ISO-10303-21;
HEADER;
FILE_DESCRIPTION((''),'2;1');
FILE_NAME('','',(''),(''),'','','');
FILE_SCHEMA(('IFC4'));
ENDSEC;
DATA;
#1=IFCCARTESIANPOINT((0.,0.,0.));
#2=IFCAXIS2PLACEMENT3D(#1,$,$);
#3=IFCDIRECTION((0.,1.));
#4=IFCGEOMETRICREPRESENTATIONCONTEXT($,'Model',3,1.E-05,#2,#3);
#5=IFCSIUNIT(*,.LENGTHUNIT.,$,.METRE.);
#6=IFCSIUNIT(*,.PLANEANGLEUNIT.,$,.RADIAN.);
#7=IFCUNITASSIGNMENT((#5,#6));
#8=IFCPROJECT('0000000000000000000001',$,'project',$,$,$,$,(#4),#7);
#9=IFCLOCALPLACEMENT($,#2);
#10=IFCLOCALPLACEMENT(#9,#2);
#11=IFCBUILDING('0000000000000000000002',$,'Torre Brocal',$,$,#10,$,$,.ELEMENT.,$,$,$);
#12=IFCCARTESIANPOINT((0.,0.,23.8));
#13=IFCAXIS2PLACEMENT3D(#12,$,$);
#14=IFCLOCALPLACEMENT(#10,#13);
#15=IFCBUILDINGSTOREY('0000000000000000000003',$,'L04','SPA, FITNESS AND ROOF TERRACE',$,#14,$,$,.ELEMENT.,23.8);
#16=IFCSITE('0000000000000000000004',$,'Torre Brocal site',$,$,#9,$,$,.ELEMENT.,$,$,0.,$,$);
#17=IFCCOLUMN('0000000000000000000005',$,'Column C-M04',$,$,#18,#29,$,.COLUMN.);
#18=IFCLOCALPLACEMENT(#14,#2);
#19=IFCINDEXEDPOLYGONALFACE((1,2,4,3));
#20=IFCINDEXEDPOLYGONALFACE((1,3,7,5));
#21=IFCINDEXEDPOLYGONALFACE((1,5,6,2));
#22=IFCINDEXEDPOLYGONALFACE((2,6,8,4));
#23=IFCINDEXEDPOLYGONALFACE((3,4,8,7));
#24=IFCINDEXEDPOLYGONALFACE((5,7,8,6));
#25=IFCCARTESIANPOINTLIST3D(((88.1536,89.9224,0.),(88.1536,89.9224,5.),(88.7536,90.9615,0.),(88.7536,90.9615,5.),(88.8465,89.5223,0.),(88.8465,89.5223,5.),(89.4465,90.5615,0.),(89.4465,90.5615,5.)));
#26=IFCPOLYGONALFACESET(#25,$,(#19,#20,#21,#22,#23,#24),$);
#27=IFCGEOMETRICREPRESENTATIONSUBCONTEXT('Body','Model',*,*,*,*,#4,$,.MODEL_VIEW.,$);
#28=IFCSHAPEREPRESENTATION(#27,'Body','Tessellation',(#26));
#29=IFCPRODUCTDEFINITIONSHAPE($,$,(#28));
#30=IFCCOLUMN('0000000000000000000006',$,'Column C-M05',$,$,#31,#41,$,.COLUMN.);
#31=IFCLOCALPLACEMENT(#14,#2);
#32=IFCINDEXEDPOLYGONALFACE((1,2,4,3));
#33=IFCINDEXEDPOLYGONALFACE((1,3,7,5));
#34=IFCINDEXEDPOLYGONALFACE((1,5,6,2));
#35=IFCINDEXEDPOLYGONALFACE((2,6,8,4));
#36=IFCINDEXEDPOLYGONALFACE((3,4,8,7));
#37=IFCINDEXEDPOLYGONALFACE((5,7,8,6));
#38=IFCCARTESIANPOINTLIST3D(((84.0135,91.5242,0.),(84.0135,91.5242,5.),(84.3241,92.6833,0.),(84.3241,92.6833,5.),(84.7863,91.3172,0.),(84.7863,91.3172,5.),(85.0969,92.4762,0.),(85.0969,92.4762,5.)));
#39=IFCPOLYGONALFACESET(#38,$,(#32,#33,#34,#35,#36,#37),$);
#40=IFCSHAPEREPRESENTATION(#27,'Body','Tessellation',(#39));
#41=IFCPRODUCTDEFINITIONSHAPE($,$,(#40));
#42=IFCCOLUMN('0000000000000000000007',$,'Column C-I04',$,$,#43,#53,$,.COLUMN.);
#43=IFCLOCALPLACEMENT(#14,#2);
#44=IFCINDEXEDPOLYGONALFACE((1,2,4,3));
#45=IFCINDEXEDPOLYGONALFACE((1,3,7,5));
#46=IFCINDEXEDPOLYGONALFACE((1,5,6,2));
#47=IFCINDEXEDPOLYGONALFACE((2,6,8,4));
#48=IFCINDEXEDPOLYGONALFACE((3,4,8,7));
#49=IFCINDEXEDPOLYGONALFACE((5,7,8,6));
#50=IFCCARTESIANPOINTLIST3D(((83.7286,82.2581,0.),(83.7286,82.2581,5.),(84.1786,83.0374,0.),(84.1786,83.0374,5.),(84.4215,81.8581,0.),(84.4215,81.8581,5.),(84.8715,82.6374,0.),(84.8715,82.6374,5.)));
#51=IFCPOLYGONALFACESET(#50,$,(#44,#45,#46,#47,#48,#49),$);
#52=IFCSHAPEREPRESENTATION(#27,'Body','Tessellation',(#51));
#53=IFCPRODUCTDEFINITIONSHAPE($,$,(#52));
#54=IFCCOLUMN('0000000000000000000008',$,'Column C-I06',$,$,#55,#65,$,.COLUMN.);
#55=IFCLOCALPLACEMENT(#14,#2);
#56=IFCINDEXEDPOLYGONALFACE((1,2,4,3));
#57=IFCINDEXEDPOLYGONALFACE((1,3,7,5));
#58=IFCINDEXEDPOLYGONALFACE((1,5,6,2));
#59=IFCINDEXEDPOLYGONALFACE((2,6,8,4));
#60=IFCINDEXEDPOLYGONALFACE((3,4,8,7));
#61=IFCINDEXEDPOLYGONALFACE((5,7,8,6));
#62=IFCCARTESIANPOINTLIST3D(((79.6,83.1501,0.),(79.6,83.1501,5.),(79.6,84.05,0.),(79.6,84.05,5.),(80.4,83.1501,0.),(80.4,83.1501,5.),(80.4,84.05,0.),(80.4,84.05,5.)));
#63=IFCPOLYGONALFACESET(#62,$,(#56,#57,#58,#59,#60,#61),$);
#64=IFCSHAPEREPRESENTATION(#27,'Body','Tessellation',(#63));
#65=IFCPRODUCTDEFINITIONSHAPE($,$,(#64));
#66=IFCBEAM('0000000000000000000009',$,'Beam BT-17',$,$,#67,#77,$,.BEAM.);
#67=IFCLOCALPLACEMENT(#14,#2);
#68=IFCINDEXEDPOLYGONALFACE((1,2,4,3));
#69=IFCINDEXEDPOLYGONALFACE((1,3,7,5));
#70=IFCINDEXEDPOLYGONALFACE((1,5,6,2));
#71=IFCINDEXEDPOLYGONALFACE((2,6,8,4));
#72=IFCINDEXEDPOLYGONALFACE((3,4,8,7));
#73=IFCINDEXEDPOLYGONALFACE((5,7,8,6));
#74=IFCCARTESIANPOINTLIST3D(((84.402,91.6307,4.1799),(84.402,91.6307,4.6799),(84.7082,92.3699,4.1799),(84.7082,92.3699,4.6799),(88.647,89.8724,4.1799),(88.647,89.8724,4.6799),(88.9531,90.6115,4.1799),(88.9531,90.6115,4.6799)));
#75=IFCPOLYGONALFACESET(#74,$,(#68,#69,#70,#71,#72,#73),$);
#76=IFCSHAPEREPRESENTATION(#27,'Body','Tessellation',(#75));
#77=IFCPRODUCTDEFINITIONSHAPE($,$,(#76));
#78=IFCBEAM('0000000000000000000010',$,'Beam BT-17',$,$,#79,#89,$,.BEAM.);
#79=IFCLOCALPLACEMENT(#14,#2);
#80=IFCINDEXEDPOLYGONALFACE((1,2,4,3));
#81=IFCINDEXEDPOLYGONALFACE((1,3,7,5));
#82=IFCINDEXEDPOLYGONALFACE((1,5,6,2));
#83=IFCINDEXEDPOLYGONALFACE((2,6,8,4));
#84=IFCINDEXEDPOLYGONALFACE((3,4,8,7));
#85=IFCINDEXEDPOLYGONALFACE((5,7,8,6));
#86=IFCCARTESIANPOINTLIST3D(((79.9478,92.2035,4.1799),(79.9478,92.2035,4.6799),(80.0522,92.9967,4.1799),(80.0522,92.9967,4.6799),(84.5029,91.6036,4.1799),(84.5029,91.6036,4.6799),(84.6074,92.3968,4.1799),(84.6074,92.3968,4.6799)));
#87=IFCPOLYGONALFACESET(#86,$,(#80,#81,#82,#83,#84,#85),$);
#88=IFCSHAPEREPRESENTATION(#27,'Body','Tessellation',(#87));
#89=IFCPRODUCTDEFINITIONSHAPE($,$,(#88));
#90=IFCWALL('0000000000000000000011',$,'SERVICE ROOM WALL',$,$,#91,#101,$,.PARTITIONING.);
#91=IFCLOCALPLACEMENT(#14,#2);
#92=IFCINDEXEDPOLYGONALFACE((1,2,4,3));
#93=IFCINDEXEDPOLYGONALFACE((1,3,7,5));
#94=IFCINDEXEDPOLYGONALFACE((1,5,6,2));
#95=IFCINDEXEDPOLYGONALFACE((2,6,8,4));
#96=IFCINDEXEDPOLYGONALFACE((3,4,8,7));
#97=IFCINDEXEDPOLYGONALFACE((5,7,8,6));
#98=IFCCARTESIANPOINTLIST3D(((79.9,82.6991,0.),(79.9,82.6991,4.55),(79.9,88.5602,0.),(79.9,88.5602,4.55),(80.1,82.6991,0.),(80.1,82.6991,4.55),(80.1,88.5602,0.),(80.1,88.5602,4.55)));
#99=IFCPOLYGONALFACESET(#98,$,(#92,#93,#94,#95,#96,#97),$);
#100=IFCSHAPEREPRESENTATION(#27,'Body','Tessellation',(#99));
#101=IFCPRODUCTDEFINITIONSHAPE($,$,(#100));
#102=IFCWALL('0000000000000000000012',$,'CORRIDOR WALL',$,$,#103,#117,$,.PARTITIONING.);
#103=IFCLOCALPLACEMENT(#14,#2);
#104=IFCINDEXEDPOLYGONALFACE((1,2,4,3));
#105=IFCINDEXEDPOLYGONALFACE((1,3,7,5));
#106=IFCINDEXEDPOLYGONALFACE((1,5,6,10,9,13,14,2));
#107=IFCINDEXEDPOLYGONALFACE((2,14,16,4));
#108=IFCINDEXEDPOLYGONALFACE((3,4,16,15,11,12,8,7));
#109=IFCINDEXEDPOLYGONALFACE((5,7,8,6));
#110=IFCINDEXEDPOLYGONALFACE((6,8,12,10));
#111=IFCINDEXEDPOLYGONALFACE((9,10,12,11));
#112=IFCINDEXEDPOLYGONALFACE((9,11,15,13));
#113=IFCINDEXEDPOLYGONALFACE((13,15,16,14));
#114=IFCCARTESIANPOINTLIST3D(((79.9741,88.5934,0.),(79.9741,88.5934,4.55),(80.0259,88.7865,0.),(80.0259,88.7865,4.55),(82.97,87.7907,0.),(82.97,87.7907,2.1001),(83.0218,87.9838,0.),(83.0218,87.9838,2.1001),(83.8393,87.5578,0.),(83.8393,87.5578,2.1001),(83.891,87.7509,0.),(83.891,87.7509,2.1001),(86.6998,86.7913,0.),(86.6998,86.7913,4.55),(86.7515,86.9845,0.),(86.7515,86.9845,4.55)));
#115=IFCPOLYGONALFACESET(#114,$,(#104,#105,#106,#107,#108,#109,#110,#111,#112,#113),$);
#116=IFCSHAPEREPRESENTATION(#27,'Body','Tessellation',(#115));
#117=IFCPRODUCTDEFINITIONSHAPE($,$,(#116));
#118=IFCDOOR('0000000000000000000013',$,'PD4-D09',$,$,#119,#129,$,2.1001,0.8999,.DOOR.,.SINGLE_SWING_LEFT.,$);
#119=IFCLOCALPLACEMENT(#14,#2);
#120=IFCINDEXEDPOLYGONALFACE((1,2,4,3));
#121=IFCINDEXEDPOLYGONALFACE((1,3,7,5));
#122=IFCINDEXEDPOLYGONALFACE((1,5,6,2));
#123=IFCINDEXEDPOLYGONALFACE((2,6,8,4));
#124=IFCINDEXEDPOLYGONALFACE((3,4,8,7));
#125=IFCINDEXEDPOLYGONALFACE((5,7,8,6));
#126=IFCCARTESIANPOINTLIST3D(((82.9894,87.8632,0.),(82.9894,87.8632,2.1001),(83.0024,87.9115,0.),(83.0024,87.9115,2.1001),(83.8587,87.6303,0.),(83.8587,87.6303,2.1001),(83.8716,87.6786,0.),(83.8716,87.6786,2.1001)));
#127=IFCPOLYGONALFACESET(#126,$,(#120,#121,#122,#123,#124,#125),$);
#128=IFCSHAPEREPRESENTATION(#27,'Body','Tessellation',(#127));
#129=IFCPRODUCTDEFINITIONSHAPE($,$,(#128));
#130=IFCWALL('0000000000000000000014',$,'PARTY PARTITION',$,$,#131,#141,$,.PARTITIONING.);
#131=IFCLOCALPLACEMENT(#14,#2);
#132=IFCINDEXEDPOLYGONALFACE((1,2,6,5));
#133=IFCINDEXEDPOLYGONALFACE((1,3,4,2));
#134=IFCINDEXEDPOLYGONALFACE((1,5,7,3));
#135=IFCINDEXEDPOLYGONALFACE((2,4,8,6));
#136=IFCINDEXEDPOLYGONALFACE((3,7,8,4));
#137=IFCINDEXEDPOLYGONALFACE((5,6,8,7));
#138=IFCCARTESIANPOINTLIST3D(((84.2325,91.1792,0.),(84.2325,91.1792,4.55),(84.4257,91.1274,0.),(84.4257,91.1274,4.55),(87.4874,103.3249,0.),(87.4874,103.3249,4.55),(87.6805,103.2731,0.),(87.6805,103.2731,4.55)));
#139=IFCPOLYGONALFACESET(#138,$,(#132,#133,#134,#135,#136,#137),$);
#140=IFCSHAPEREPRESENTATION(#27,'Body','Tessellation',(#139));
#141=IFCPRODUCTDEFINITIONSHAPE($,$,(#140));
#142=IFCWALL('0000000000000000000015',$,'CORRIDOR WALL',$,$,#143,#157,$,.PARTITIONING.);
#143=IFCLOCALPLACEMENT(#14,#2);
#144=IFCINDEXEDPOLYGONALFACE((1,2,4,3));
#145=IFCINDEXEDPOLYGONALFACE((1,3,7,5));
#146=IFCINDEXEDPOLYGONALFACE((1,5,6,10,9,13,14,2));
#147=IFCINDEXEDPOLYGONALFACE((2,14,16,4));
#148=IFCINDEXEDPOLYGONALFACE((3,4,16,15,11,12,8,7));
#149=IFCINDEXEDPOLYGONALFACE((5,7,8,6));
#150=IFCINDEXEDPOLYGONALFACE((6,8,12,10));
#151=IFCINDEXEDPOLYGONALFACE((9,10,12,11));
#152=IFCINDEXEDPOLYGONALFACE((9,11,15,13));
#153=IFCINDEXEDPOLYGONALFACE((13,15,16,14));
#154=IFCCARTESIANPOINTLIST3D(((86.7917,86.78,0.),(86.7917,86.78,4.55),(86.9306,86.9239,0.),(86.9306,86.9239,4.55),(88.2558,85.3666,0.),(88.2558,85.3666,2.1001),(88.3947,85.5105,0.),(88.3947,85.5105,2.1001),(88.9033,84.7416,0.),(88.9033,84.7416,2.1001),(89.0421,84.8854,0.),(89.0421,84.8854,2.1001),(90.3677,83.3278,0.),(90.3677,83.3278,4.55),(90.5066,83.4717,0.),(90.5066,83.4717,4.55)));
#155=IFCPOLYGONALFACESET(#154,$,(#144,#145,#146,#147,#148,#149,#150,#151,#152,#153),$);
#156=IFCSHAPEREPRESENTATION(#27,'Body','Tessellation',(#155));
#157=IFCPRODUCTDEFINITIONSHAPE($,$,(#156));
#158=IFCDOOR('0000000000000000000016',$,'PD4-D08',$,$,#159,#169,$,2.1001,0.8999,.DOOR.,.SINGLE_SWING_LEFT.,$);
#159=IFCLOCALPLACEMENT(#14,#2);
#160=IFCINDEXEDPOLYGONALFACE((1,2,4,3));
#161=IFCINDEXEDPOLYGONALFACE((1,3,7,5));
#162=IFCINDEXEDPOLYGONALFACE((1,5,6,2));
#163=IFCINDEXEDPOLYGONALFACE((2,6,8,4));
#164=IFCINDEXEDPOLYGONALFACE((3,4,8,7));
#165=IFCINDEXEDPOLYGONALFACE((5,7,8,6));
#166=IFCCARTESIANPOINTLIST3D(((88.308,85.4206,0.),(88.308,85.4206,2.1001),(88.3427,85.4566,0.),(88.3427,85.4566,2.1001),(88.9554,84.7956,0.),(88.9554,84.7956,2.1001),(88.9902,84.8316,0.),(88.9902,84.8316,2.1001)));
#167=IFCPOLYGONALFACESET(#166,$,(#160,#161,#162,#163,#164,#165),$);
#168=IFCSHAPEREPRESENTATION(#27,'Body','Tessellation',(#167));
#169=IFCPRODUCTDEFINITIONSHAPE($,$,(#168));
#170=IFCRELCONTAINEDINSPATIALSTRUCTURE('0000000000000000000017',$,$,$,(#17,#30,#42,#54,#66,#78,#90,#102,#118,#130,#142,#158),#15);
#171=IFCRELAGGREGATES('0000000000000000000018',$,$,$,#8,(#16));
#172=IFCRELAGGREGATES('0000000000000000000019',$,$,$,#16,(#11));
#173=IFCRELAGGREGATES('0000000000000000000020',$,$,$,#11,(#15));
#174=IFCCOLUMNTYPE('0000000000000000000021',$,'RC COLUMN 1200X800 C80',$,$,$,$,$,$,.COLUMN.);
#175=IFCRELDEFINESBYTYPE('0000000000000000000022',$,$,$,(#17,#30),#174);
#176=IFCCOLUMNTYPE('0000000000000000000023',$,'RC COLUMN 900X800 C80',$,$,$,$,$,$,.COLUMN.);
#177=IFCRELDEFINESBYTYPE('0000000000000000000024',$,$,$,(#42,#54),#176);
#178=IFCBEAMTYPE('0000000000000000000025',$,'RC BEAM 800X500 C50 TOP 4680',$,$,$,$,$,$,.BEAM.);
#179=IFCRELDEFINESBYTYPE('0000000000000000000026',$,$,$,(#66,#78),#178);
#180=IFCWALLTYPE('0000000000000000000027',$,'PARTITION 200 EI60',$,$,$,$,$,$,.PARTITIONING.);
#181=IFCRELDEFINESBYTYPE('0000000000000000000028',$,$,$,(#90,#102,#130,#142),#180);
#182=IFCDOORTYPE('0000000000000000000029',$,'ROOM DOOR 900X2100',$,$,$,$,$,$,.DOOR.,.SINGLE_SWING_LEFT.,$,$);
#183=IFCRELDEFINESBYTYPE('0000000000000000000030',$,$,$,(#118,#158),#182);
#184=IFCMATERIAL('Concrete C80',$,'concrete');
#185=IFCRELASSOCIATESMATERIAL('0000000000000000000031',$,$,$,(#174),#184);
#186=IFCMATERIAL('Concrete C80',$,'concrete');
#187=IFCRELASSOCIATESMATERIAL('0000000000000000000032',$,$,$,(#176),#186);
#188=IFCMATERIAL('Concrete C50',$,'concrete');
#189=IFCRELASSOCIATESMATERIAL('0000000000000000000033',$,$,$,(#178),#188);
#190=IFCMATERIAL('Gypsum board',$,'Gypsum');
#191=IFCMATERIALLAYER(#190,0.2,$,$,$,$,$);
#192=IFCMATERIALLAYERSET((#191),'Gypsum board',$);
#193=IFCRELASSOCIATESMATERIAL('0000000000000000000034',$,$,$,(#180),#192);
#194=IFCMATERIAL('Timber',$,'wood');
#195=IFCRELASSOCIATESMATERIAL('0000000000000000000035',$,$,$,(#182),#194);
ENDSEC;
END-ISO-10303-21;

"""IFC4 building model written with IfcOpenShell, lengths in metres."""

from ifc_helpers import new_model, si_unit, direction, frame, frame_2d, origin, origin_2d, place, context, subcontext, project, spatial, rectangle, extrude, material, layer, layer_set, material_profile, profile_set, type_object, element, fill, save


model = new_model("IFC4")

# Units and contexts
model_context = context("Model", 3, precision=1e-05, world=origin(), true_north=direction((0.0, 1.0)))
body_context = subcontext(model_context, "Body", "Model", "MODEL_VIEW")
ifc_project = project(units=[si_unit("LENGTHUNIT", "METRE"), si_unit("PLANEANGLEUNIT", "RADIAN")], contexts=[model_context])

# Site, building, storey
site_placement = place(None, origin())
site = spatial("IfcSite", under=ifc_project, at=site_placement, Name="Torre Brocal site", CompositionType="ELEMENT", RefElevation=0.0)
building_placement = place(site_placement, origin())
building = spatial("IfcBuilding", under=site, at=building_placement, Name="Torre Brocal", CompositionType="ELEMENT")
storey_placement = place(building_placement, frame((0.0, 0.0, 23.8)))
storey = spatial("IfcBuildingStorey", under=building, at=storey_placement, Name="L04", Description="SPA, FITNESS AND ROOF TERRACE", CompositionType="ELEMENT", Elevation=23.8)

# Columns
ifc_material_1 = material(Name="Concrete C80", Category="concrete")
ifc_material_profile_1 = material_profile(ifc_material_1, rectangle(XDim=1.2, YDim=0.8, at=origin_2d()), Name="RC 1200X800")
ifc_profile_set_1 = profile_set([ifc_material_profile_1], Name="Concrete C80")
column_type_1 = type_object("IfcColumnType", Name="RC COLUMN 1200X800 C80", PredefinedType="COLUMN", material=ifc_profile_set_1)
for number, where, z_axis, x_axis, name in (
    (1, (88.8, 90.2419, 0.0), (0.0, 0.0, 1.0), (0.5, 0.866025, 0.0), "Column C-M04"),
    (2, (84.5552, 92.0002, 0.0), (0.0, 0.0, 1.0), (0.258819, 0.965926, 0.0), "Column C-M05"),
):
    element("IfcColumn", number, at=place(storey_placement, frame(where, z_axis=z_axis, x_axis=x_axis)), inside=storey, type_object=column_type_1, Name=name, PredefinedType="COLUMN", context=body_context, shape_type="SweptSolid", body=[
        extrude(rectangle(XDim=1.2, YDim=0.8, at=origin_2d()), origin(), (0.0, 0.0, 1.0), 5.0),
    ])
ifc_material_2 = material(Name="Concrete C80", Category="concrete")
ifc_material_profile_2 = material_profile(ifc_material_2, rectangle(XDim=0.8999, YDim=0.8, at=origin_2d()), Name="RC 900X800")
ifc_profile_set_2 = profile_set([ifc_material_profile_2], Name="Concrete C80")
column_type_2 = type_object("IfcColumnType", Name="RC COLUMN 900X800 C80", PredefinedType="COLUMN", material=ifc_profile_set_2)
for number, where, z_axis, x_axis, name in (
    (3, (84.3, 82.4478, 0.0), (0.0, 0.0, 1.0), (0.5, 0.866025, 0.0), "Column C-I04"),
    (4, (80.0, 83.6001, 0.0), (0.0, 0.0, 1.0), (0.0, 1.0, 0.0), "Column C-I06"),
):
    element("IfcColumn", number, at=place(storey_placement, frame(where, z_axis=z_axis, x_axis=x_axis)), inside=storey, type_object=column_type_2, Name=name, PredefinedType="COLUMN", context=body_context, shape_type="SweptSolid", body=[
        extrude(rectangle(XDim=0.8999, YDim=0.8, at=origin_2d()), origin(), (0.0, 0.0, 1.0), 5.0),
    ])

# Beams
ifc_material_3 = material(Name="Concrete C50", Category="concrete")
ifc_material_profile_3 = material_profile(ifc_material_3, rectangle(XDim=0.8, YDim=0.5, at=origin_2d()), Name="RC 800X500")
ifc_profile_set_3 = profile_set([ifc_material_profile_3], Name="Concrete C50")
beam_type = type_object("IfcBeamType", Name="RC BEAM 800X500 C50 TOP 4680", PredefinedType="BEAM", material=ifc_profile_set_3)
beam_1_placement = place(storey_placement, frame((88.8, 90.2419, 4.4299), z_axis=(-0.923878, 0.382687, 0.0), x_axis=(-0.382687, -0.923878, 0.0)))
element("IfcBeam", 5, at=beam_1_placement, inside=storey, type_object=beam_type, Name="Beam BT-17", PredefinedType="BEAM", context=body_context, shape_type="SweptSolid", body=[
    extrude(rectangle(XDim=0.8, YDim=0.5, at=origin_2d()), origin(), (0.0, 0.0, 1.0), 4.5947),
])
beam_2_placement = place(storey_placement, frame((84.5552, 92.0002, 4.4299), z_axis=(-0.991441, 0.130559, 0.0), x_axis=(-0.130559, -0.991441, 0.0)))
element("IfcBeam", 6, at=beam_2_placement, inside=storey, type_object=beam_type, Name="Beam BT-17", PredefinedType="BEAM", context=body_context, shape_type="SweptSolid", body=[
    extrude(rectangle(XDim=0.8, YDim=0.5, at=origin_2d()), origin(), (0.0, 0.0, 1.0), 4.5945),
])

# Wall
ifc_material_4 = material(Name="Gypsum board", Category="Gypsum")
ifc_layer_1 = layer(ifc_material_4, 0.2)
ifc_layer_set_1 = layer_set([ifc_layer_1], Name="Gypsum board")
wall_type_1 = type_object("IfcWallType", Name="PARTITION 200 EI60", PredefinedType="PARTITIONING", material=ifc_layer_set_1)
wall_1_placement = place(storey_placement, frame((80.0, 82.699, 0.0), z_axis=(0.0, 0.0, 1.0), x_axis=(0.0, 1.0, 0.0)))
element("IfcWall", 7, at=wall_1_placement, inside=storey, type_object=wall_type_1, Name="SERVICE ROOM WALL", PredefinedType="PARTITIONING", context=body_context, shape_type="SweptSolid", body=[
    extrude(rectangle(XDim=5.8611, YDim=0.2, at=frame_2d((2.9307, 0.0))), origin(), (0.0, 0.0, 1.0), 4.55),
])

# Wall, opening, door
wall_2_placement = place(storey_placement, frame((80.0, 88.6899, 0.0), z_axis=(0.0, 0.0, 1.0), x_axis=(0.96593, -0.258804, 0.0)))
wall_2 = element("IfcWall", 8, at=wall_2_placement, inside=storey, type_object=wall_type_1, Name="CORRIDOR WALL", PredefinedType="PARTITIONING", context=body_context, shape_type="SweptSolid", body=[
    extrude(rectangle(XDim=6.9629, YDim=0.2, at=frame_2d((3.4814, 0.0))), origin(), (0.0, 0.0, 1.0), 4.55),
])
opening_1_placement = place(wall_2_placement, frame((3.1016, 0.0, 0.0)))
opening_1 = element("IfcOpeningElement", 9, at=opening_1_placement, cuts=wall_2, PredefinedType="OPENING", context=body_context, shape_type="SweptSolid", body=[
    extrude(rectangle(XDim=0.8999, YDim=2.1001, at=frame_2d((0.45, 1.05))), frame((0.0, 0.1099, 0.0), z_axis=(0.0, -1.0, 0.0), x_axis=(1.0, 0.0, 0.0)), (0.0, 0.0, 1.0), 0.22),
])
ifc_material_5 = material(Name="Timber", Category="wood")
door_type_1 = type_object("IfcDoorType", Name="ROOM DOOR 900X2100", OperationType="SINGLE_SWING_LEFT", PredefinedType="DOOR", material=ifc_material_5)
door_1_placement = place(opening_1_placement, frame((0.8999, 0.0, 0.0), z_axis=(0.0, 0.0, 1.0), x_axis=(-1.0, 0.0, 0.0)))
door_1 = element("IfcDoor", 10, at=door_1_placement, inside=storey, type_object=door_type_1, Name="PD4-D09", OperationType="SINGLE_SWING_LEFT", OverallHeight=2.1001, OverallWidth=0.8999, PredefinedType="DOOR", context=body_context, shape_type="SweptSolid", body=[
    extrude(rectangle(XDim=0.8999, YDim=2.1001, at=frame_2d((0.45, 1.05))), frame((0.0, 0.0249, 0.0), z_axis=(0.0, -1.0, 0.0), x_axis=(1.0, 0.0, 0.0)), (0.0, 0.0, 1.0), 0.05),
])
fill(opening_1, door_1)

# Wall
wall_3_placement = place(storey_placement, frame((84.3291, 91.1533, 0.0), z_axis=(0.0, 0.0, 1.0), x_axis=(0.258852, 0.965917, 0.0)))
element("IfcWall", 11, at=wall_3_placement, inside=storey, type_object=wall_type_1, Name="PARTY PARTITION", PredefinedType="PARTITIONING", context=body_context, shape_type="SweptSolid", body=[
    extrude(rectangle(XDim=12.5742, YDim=0.2, at=frame_2d((6.2871, 0.0))), origin(), (0.0, 0.0, 1.0), 4.55),
])

# Wall, opening, door
wall_4_placement = place(storey_placement, frame((86.8611, 86.8521, 0.0), z_axis=(0.0, 0.0, 1.0), x_axis=(0.719449, -0.694545, 0.0)))
wall_4 = element("IfcWall", 12, at=wall_4_placement, inside=storey, type_object=wall_type_1, Name="CORRIDOR WALL", PredefinedType="PARTITIONING", context=body_context, shape_type="SweptSolid", body=[
    extrude(rectangle(XDim=4.9705, YDim=0.2, at=frame_2d((2.4854, 0.0))), origin(), (0.0, 0.0, 1.0), 4.55),
])
opening_2_placement = place(wall_4_placement, frame((2.0352, 0.0, 0.0)))
opening_2 = element("IfcOpeningElement", 13, at=opening_2_placement, cuts=wall_4, PredefinedType="OPENING", context=body_context, shape_type="SweptSolid", body=[
    extrude(rectangle(XDim=0.8999, YDim=2.1001, at=frame_2d((0.45, 1.05))), frame((0.0, 0.1099, 0.0), z_axis=(0.0, -1.0, 0.0), x_axis=(1.0, 0.0, 0.0)), (0.0, 0.0, 1.0), 0.22),
])
door_2_placement = place(opening_2_placement, frame((0.8999, 0.0, 0.0), z_axis=(0.0, 0.0, 1.0), x_axis=(-1.0, 0.0, 0.0)))
door_2 = element("IfcDoor", 14, at=door_2_placement, inside=storey, type_object=door_type_1, Name="PD4-D08", OperationType="SINGLE_SWING_LEFT", OverallHeight=2.1001, OverallWidth=0.8999, PredefinedType="DOOR", context=body_context, shape_type="SweptSolid", body=[
    extrude(rectangle(XDim=0.8999, YDim=2.1001, at=frame_2d((0.45, 1.05))), frame((0.0, 0.0249, 0.0), z_axis=(0.0, -1.0, 0.0), x_axis=(1.0, 0.0, 0.0)), (0.0, 0.0, 1.0), 0.05),
])
fill(opening_2, door_2)

save(model, "model.ifc")
